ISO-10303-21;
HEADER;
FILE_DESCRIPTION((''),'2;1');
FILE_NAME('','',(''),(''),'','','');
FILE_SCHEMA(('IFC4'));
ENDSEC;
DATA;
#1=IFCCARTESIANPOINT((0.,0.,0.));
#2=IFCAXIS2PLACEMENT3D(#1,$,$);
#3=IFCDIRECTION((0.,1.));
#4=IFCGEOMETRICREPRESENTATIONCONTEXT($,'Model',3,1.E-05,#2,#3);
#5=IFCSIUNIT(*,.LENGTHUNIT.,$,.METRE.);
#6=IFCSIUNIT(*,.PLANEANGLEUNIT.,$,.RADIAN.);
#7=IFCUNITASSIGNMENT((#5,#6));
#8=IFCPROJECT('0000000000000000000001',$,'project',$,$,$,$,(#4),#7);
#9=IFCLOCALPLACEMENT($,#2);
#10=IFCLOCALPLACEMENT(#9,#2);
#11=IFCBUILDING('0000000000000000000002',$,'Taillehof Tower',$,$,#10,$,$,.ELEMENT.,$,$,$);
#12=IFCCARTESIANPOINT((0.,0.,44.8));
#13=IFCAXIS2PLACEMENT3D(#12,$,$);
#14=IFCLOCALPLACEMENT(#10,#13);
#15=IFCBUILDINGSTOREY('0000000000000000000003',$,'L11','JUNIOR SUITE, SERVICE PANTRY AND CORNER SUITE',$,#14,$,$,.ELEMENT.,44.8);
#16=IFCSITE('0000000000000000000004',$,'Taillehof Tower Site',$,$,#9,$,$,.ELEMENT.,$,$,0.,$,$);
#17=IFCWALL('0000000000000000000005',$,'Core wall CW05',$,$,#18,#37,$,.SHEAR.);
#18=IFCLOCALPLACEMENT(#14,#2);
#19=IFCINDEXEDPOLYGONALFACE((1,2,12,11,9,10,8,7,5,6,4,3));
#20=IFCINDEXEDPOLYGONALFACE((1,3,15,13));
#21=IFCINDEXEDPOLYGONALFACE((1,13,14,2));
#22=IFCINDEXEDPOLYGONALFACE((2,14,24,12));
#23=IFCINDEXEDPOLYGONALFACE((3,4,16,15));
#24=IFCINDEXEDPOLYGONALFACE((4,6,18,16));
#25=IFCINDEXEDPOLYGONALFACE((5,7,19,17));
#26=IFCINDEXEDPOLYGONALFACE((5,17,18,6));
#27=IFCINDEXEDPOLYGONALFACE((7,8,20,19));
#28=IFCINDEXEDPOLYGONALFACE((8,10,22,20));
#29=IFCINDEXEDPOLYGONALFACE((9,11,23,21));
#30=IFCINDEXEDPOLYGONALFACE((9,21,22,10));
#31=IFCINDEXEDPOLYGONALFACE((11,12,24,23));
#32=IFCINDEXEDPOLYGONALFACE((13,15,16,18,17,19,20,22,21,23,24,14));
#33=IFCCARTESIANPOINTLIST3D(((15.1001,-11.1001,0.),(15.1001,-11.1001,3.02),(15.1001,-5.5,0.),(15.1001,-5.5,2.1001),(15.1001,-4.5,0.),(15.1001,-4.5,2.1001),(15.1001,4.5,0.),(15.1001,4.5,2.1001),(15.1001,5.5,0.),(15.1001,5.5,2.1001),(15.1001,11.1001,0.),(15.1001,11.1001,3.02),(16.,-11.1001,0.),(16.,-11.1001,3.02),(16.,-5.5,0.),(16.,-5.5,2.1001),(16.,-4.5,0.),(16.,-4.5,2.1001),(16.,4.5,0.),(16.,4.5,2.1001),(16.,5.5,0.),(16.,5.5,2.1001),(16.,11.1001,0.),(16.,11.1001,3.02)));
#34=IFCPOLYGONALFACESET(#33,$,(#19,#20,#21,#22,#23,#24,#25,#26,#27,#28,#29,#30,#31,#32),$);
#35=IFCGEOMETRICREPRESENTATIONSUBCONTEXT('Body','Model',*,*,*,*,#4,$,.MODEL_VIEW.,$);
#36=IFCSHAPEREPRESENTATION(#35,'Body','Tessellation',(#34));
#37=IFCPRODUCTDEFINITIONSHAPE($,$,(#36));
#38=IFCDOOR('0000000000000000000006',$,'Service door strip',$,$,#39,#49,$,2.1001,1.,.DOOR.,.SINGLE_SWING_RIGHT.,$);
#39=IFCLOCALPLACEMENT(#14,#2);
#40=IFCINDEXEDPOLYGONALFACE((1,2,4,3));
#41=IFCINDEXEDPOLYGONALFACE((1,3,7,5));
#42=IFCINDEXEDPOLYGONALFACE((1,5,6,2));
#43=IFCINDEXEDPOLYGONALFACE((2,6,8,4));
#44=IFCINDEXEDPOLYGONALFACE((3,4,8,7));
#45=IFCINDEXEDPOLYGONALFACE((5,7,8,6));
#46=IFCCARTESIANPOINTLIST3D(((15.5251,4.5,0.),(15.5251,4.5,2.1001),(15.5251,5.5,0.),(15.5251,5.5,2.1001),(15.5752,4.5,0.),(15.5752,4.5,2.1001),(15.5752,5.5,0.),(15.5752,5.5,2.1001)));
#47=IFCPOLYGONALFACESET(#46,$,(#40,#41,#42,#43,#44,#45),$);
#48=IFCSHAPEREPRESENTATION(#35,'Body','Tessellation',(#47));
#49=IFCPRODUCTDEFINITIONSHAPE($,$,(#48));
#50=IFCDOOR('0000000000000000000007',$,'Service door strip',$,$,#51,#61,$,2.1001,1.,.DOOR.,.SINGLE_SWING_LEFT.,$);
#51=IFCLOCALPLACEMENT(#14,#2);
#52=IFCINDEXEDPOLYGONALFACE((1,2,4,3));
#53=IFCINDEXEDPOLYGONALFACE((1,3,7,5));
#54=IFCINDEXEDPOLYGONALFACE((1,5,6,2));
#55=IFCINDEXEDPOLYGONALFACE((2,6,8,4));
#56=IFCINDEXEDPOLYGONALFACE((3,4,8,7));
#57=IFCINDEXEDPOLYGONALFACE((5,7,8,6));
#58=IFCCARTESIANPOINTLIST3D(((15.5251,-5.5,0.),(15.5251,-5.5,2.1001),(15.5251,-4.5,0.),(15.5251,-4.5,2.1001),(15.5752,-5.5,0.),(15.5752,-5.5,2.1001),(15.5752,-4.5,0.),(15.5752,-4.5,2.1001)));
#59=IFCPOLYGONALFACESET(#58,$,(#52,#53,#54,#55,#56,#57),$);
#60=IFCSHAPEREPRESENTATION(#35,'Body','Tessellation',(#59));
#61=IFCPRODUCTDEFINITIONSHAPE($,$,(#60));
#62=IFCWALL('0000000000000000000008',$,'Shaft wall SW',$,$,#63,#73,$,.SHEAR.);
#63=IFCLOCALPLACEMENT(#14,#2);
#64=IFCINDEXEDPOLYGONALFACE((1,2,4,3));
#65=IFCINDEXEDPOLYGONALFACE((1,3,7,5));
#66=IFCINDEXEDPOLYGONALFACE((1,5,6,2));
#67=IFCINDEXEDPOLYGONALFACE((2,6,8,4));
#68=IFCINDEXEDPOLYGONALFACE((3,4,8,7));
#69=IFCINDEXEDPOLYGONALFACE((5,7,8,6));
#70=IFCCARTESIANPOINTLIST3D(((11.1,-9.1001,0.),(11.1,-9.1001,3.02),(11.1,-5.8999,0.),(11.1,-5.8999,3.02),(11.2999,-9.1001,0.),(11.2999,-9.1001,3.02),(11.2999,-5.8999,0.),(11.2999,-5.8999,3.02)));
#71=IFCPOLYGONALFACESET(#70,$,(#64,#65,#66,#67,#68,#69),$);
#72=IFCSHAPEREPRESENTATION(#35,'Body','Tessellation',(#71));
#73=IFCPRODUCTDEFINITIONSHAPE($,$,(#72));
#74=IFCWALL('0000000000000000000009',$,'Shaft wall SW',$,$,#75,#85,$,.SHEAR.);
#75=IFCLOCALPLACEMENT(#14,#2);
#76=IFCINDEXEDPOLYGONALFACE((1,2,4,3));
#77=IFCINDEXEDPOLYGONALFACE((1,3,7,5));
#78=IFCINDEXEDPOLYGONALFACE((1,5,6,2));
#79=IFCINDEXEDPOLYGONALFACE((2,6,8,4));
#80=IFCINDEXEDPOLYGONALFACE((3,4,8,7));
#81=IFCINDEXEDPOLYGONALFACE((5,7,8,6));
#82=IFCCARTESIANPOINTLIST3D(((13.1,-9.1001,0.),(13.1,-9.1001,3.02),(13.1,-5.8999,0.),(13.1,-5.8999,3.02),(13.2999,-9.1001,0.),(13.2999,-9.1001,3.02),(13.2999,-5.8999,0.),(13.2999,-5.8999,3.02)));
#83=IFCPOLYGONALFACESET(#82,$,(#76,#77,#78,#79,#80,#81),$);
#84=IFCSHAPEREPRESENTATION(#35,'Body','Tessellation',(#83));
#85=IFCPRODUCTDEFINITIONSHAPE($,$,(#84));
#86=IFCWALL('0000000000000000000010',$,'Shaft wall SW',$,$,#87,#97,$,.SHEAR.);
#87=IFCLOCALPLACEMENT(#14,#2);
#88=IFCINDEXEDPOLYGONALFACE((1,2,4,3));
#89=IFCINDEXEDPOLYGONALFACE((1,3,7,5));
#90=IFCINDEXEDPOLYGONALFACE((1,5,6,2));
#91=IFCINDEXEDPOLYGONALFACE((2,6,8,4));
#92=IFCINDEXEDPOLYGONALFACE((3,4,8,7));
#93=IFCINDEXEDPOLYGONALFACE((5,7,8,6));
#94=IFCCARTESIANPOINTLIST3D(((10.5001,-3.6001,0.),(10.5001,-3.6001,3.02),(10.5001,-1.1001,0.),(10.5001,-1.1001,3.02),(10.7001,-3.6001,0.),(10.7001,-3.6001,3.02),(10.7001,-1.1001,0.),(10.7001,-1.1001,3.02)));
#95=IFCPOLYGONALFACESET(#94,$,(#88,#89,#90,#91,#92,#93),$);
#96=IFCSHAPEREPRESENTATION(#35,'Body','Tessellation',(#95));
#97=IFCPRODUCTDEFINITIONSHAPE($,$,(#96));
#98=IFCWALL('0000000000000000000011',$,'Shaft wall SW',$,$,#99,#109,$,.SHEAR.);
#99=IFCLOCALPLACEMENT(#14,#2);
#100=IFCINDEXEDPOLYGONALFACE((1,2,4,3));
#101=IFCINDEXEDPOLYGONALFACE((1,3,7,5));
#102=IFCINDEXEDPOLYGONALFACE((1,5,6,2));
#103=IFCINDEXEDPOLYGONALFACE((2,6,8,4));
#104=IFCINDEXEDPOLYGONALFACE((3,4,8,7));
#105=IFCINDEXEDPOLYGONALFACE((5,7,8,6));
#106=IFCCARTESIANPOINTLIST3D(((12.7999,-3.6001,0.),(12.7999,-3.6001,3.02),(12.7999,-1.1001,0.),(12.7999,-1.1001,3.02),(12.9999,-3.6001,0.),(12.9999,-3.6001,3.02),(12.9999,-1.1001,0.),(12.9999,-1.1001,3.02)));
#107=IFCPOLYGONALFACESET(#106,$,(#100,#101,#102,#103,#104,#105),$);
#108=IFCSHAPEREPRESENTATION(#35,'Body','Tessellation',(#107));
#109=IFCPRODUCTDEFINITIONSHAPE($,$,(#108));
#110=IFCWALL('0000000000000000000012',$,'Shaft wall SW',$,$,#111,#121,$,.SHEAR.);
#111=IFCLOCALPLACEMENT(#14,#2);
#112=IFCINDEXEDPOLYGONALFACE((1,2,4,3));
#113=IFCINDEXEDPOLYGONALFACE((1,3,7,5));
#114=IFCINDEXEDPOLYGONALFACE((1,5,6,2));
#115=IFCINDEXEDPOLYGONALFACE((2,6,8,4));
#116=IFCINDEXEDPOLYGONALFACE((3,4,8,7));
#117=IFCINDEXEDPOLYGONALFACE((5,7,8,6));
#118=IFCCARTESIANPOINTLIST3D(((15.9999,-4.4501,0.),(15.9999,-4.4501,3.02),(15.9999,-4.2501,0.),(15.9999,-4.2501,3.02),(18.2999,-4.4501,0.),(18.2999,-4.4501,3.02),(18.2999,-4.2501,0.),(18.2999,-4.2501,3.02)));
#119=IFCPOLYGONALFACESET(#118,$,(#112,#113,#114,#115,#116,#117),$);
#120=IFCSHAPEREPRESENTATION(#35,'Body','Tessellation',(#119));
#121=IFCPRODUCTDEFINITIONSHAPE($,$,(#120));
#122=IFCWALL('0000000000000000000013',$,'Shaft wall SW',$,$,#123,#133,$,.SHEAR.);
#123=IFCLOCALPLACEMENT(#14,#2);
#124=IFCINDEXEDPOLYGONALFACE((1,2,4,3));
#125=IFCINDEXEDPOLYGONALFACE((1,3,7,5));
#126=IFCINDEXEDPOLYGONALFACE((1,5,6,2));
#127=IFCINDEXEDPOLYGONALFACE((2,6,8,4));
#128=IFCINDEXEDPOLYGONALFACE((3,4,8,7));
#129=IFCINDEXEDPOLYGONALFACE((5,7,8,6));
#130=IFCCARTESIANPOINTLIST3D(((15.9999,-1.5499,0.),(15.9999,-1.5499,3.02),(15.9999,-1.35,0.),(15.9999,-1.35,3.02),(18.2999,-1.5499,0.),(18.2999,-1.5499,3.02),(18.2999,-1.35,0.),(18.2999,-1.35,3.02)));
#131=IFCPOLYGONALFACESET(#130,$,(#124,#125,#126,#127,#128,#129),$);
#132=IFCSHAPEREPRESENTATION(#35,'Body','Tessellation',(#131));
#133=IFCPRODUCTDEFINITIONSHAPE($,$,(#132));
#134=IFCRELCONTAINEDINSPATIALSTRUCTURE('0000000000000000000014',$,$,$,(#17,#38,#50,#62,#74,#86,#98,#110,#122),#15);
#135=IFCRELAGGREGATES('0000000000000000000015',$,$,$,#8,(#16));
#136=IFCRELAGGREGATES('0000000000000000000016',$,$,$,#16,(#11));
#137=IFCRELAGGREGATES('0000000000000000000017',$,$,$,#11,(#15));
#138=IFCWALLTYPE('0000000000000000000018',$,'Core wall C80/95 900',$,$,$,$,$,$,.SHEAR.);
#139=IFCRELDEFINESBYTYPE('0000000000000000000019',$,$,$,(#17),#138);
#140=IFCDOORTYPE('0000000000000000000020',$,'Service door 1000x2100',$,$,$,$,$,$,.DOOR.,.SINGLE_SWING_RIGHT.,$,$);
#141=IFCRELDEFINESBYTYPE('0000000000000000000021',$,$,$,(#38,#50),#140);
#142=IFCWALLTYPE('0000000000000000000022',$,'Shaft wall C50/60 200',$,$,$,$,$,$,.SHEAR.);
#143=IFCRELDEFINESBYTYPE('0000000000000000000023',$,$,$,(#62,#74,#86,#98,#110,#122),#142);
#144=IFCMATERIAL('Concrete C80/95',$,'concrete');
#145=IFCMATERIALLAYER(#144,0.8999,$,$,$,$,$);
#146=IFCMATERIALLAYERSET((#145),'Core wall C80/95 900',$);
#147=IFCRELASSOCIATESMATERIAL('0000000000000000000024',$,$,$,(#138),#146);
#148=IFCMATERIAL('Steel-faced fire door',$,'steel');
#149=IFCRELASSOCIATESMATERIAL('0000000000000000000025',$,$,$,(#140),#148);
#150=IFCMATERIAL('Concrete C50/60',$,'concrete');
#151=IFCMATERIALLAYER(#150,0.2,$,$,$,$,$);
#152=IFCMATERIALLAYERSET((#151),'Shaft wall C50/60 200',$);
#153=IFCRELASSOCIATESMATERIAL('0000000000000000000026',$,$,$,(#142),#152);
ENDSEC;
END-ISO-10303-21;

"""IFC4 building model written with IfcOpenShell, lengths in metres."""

from ifc_helpers import new_model, si_unit, direction, frame, frame_2d, origin, place, context, subcontext, project, spatial, rectangle, extrude, material, layer, layer_set, type_object, element, fill, save


model = new_model("IFC4")

# Units and contexts
model_context = context("Model", 3, precision=1e-05, world=origin(), true_north=direction((0.0, 1.0)))
body_context = subcontext(model_context, "Body", "Model", "MODEL_VIEW")
ifc_project = project(units=[si_unit("LENGTHUNIT", "METRE"), si_unit("PLANEANGLEUNIT", "RADIAN")], contexts=[model_context])

# Site, building, storey
site_placement = place(None, origin())
site = spatial("IfcSite", under=ifc_project, at=site_placement, Name="Taillehof Tower Site", CompositionType="ELEMENT", RefElevation=0.0)
building_placement = place(site_placement, origin())
building = spatial("IfcBuilding", under=site, at=building_placement, Name="Taillehof Tower", CompositionType="ELEMENT")
storey_placement = place(building_placement, frame((0.0, 0.0, 44.8)))
storey = spatial("IfcBuildingStorey", under=building, at=storey_placement, Name="L11", Description="JUNIOR SUITE, SERVICE PANTRY AND CORNER SUITE", CompositionType="ELEMENT", Elevation=44.8)

# Wall, openings, doors
ifc_material_1 = material(Name="Concrete C80/95", Category="concrete")
ifc_layer_1 = layer(ifc_material_1, 0.8999)
ifc_layer_set_1 = layer_set([ifc_layer_1], Name="Core wall C80/95 900")
wall_type_1 = type_object("IfcWallType", Name="Core wall C80/95 900", PredefinedType="SHEAR", material=ifc_layer_set_1)
wall_1_placement = place(storey_placement, frame((15.55, -11.1001, 0.0), z_axis=(0.0, 0.0, 1.0), x_axis=(0.0, 1.0, 0.0)))
wall_1 = element("IfcWall", 1, at=wall_1_placement, inside=storey, type_object=wall_type_1, Name="Core wall CW05", PredefinedType="SHEAR", context=body_context, shape_type="SweptSolid", body=[
    extrude(rectangle(XDim=22.2002, YDim=0.8999, at=frame_2d((11.1001, 0.0))), origin(), (0.0, 0.0, 1.0), 3.02),
])
opening_1_placement = place(wall_1_placement, frame((15.6001, 0.0, 0.0)))
opening_1 = element("IfcOpeningElement", 2, at=opening_1_placement, cuts=wall_1, PredefinedType="OPENING", context=body_context, shape_type="SweptSolid", body=[
    extrude(rectangle(XDim=1.0, YDim=2.1001, at=frame_2d((0.5, 1.05))), frame((0.0, 0.46, 0.0), z_axis=(0.0, -1.0, 0.0), x_axis=(1.0, 0.0, 0.0)), (0.0, 0.0, 1.0), 0.9199),
])
opening_2_placement = place(wall_1_placement, frame((5.6001, 0.0, 0.0)))
opening_2 = element("IfcOpeningElement", 3, at=opening_2_placement, cuts=wall_1, PredefinedType="OPENING", context=body_context, shape_type="SweptSolid", body=[
    extrude(rectangle(XDim=1.0, YDim=2.1001, at=frame_2d((0.5, 1.05))), frame((0.0, 0.46, 0.0), z_axis=(0.0, -1.0, 0.0), x_axis=(1.0, 0.0, 0.0)), (0.0, 0.0, 1.0), 0.9199),
])
ifc_material_2 = material(Name="Steel-faced fire door", Category="steel")
door_type_1 = type_object("IfcDoorType", Name="Service door 1000x2100", OperationType="SINGLE_SWING_RIGHT", PredefinedType="DOOR", material=ifc_material_2)
door_1_placement = place(opening_1_placement, origin())
door_1 = element("IfcDoor", 4, at=door_1_placement, inside=storey, type_object=door_type_1, Name="Service door strip", OperationType="SINGLE_SWING_RIGHT", OverallHeight=2.1001, OverallWidth=1.0, PredefinedType="DOOR", context=body_context, shape_type="SweptSolid", body=[
    extrude(rectangle(XDim=1.0, YDim=2.1001, at=frame_2d((0.5, 1.05))), frame((0.0, 0.0249, 0.0), z_axis=(0.0, -1.0, 0.0), x_axis=(1.0, 0.0, 0.0)), (0.0, 0.0, 1.0), 0.05),
])
fill(opening_1, door_1)
door_2_placement = place(opening_2_placement, origin())
door_2 = element("IfcDoor", 5, at=door_2_placement, inside=storey, type_object=door_type_1, Name="Service door strip", OperationType="SINGLE_SWING_LEFT", OverallHeight=2.1001, OverallWidth=1.0, PredefinedType="DOOR", context=body_context, shape_type="SweptSolid", body=[
    extrude(rectangle(XDim=1.0, YDim=2.1001, at=frame_2d((0.5, 1.05))), frame((0.0, 0.0249, 0.0), z_axis=(0.0, -1.0, 0.0), x_axis=(1.0, 0.0, 0.0)), (0.0, 0.0, 1.0), 0.05),
])
fill(opening_2, door_2)

# Walls
ifc_material_3 = material(Name="Concrete C50/60", Category="concrete")
ifc_layer_2 = layer(ifc_material_3, 0.2)
ifc_layer_set_2 = layer_set([ifc_layer_2], Name="Shaft wall C50/60 200")
wall_type_2 = type_object("IfcWallType", Name="Shaft wall C50/60 200", PredefinedType="SHEAR", material=ifc_layer_set_2)
for number, where, z_axis, x_axis, name in (
    (6, (11.2, -9.1001, 0.0), (0.0, 0.0, 1.0), (0.0, 1.0, 0.0), "Shaft wall SW"),
    (7, (13.2, -9.1001, 0.0), (0.0, 0.0, 1.0), (0.0, 1.0, 0.0), "Shaft wall SW"),
):
    element("IfcWall", number, at=place(storey_placement, frame(where, z_axis=z_axis, x_axis=x_axis)), inside=storey, type_object=wall_type_2, Name=name, PredefinedType="SHEAR", context=body_context, shape_type="SweptSolid", body=[
        extrude(rectangle(XDim=3.2002, YDim=0.2, at=frame_2d((1.6001, 0.0))), origin(), (0.0, 0.0, 1.0), 3.02),
    ])
for number, where, z_axis, x_axis, name in (
    (8, (10.6001, -3.6001, 0.0), (0.0, 0.0, 1.0), (0.0, 1.0, 0.0), "Shaft wall SW"),
    (9, (12.8999, -3.6001, 0.0), (0.0, 0.0, 1.0), (0.0, 1.0, 0.0), "Shaft wall SW"),
):
    element("IfcWall", number, at=place(storey_placement, frame(where, z_axis=z_axis, x_axis=x_axis)), inside=storey, type_object=wall_type_2, Name=name, PredefinedType="SHEAR", context=body_context, shape_type="SweptSolid", body=[
        extrude(rectangle(XDim=2.5, YDim=0.2, at=frame_2d((1.25, 0.0))), origin(), (0.0, 0.0, 1.0), 3.02),
    ])
for number, where, z_axis, x_axis, name in (
    (10, (16.0, -4.3501, 0.0), (0.0, 0.0, 1.0), (1.0, 0.0, 0.0), "Shaft wall SW"),
    (11, (16.0, -1.45, 0.0), (0.0, 0.0, 1.0), (1.0, 0.0, 0.0), "Shaft wall SW"),
):
    element("IfcWall", number, at=place(storey_placement, frame(where, z_axis=z_axis, x_axis=x_axis)), inside=storey, type_object=wall_type_2, Name=name, PredefinedType="SHEAR", context=body_context, shape_type="SweptSolid", body=[
        extrude(rectangle(XDim=2.3, YDim=0.2, at=frame_2d((1.1499, 0.0))), origin(), (0.0, 0.0, 1.0), 3.02),
    ])

save(model, "model.ifc")
